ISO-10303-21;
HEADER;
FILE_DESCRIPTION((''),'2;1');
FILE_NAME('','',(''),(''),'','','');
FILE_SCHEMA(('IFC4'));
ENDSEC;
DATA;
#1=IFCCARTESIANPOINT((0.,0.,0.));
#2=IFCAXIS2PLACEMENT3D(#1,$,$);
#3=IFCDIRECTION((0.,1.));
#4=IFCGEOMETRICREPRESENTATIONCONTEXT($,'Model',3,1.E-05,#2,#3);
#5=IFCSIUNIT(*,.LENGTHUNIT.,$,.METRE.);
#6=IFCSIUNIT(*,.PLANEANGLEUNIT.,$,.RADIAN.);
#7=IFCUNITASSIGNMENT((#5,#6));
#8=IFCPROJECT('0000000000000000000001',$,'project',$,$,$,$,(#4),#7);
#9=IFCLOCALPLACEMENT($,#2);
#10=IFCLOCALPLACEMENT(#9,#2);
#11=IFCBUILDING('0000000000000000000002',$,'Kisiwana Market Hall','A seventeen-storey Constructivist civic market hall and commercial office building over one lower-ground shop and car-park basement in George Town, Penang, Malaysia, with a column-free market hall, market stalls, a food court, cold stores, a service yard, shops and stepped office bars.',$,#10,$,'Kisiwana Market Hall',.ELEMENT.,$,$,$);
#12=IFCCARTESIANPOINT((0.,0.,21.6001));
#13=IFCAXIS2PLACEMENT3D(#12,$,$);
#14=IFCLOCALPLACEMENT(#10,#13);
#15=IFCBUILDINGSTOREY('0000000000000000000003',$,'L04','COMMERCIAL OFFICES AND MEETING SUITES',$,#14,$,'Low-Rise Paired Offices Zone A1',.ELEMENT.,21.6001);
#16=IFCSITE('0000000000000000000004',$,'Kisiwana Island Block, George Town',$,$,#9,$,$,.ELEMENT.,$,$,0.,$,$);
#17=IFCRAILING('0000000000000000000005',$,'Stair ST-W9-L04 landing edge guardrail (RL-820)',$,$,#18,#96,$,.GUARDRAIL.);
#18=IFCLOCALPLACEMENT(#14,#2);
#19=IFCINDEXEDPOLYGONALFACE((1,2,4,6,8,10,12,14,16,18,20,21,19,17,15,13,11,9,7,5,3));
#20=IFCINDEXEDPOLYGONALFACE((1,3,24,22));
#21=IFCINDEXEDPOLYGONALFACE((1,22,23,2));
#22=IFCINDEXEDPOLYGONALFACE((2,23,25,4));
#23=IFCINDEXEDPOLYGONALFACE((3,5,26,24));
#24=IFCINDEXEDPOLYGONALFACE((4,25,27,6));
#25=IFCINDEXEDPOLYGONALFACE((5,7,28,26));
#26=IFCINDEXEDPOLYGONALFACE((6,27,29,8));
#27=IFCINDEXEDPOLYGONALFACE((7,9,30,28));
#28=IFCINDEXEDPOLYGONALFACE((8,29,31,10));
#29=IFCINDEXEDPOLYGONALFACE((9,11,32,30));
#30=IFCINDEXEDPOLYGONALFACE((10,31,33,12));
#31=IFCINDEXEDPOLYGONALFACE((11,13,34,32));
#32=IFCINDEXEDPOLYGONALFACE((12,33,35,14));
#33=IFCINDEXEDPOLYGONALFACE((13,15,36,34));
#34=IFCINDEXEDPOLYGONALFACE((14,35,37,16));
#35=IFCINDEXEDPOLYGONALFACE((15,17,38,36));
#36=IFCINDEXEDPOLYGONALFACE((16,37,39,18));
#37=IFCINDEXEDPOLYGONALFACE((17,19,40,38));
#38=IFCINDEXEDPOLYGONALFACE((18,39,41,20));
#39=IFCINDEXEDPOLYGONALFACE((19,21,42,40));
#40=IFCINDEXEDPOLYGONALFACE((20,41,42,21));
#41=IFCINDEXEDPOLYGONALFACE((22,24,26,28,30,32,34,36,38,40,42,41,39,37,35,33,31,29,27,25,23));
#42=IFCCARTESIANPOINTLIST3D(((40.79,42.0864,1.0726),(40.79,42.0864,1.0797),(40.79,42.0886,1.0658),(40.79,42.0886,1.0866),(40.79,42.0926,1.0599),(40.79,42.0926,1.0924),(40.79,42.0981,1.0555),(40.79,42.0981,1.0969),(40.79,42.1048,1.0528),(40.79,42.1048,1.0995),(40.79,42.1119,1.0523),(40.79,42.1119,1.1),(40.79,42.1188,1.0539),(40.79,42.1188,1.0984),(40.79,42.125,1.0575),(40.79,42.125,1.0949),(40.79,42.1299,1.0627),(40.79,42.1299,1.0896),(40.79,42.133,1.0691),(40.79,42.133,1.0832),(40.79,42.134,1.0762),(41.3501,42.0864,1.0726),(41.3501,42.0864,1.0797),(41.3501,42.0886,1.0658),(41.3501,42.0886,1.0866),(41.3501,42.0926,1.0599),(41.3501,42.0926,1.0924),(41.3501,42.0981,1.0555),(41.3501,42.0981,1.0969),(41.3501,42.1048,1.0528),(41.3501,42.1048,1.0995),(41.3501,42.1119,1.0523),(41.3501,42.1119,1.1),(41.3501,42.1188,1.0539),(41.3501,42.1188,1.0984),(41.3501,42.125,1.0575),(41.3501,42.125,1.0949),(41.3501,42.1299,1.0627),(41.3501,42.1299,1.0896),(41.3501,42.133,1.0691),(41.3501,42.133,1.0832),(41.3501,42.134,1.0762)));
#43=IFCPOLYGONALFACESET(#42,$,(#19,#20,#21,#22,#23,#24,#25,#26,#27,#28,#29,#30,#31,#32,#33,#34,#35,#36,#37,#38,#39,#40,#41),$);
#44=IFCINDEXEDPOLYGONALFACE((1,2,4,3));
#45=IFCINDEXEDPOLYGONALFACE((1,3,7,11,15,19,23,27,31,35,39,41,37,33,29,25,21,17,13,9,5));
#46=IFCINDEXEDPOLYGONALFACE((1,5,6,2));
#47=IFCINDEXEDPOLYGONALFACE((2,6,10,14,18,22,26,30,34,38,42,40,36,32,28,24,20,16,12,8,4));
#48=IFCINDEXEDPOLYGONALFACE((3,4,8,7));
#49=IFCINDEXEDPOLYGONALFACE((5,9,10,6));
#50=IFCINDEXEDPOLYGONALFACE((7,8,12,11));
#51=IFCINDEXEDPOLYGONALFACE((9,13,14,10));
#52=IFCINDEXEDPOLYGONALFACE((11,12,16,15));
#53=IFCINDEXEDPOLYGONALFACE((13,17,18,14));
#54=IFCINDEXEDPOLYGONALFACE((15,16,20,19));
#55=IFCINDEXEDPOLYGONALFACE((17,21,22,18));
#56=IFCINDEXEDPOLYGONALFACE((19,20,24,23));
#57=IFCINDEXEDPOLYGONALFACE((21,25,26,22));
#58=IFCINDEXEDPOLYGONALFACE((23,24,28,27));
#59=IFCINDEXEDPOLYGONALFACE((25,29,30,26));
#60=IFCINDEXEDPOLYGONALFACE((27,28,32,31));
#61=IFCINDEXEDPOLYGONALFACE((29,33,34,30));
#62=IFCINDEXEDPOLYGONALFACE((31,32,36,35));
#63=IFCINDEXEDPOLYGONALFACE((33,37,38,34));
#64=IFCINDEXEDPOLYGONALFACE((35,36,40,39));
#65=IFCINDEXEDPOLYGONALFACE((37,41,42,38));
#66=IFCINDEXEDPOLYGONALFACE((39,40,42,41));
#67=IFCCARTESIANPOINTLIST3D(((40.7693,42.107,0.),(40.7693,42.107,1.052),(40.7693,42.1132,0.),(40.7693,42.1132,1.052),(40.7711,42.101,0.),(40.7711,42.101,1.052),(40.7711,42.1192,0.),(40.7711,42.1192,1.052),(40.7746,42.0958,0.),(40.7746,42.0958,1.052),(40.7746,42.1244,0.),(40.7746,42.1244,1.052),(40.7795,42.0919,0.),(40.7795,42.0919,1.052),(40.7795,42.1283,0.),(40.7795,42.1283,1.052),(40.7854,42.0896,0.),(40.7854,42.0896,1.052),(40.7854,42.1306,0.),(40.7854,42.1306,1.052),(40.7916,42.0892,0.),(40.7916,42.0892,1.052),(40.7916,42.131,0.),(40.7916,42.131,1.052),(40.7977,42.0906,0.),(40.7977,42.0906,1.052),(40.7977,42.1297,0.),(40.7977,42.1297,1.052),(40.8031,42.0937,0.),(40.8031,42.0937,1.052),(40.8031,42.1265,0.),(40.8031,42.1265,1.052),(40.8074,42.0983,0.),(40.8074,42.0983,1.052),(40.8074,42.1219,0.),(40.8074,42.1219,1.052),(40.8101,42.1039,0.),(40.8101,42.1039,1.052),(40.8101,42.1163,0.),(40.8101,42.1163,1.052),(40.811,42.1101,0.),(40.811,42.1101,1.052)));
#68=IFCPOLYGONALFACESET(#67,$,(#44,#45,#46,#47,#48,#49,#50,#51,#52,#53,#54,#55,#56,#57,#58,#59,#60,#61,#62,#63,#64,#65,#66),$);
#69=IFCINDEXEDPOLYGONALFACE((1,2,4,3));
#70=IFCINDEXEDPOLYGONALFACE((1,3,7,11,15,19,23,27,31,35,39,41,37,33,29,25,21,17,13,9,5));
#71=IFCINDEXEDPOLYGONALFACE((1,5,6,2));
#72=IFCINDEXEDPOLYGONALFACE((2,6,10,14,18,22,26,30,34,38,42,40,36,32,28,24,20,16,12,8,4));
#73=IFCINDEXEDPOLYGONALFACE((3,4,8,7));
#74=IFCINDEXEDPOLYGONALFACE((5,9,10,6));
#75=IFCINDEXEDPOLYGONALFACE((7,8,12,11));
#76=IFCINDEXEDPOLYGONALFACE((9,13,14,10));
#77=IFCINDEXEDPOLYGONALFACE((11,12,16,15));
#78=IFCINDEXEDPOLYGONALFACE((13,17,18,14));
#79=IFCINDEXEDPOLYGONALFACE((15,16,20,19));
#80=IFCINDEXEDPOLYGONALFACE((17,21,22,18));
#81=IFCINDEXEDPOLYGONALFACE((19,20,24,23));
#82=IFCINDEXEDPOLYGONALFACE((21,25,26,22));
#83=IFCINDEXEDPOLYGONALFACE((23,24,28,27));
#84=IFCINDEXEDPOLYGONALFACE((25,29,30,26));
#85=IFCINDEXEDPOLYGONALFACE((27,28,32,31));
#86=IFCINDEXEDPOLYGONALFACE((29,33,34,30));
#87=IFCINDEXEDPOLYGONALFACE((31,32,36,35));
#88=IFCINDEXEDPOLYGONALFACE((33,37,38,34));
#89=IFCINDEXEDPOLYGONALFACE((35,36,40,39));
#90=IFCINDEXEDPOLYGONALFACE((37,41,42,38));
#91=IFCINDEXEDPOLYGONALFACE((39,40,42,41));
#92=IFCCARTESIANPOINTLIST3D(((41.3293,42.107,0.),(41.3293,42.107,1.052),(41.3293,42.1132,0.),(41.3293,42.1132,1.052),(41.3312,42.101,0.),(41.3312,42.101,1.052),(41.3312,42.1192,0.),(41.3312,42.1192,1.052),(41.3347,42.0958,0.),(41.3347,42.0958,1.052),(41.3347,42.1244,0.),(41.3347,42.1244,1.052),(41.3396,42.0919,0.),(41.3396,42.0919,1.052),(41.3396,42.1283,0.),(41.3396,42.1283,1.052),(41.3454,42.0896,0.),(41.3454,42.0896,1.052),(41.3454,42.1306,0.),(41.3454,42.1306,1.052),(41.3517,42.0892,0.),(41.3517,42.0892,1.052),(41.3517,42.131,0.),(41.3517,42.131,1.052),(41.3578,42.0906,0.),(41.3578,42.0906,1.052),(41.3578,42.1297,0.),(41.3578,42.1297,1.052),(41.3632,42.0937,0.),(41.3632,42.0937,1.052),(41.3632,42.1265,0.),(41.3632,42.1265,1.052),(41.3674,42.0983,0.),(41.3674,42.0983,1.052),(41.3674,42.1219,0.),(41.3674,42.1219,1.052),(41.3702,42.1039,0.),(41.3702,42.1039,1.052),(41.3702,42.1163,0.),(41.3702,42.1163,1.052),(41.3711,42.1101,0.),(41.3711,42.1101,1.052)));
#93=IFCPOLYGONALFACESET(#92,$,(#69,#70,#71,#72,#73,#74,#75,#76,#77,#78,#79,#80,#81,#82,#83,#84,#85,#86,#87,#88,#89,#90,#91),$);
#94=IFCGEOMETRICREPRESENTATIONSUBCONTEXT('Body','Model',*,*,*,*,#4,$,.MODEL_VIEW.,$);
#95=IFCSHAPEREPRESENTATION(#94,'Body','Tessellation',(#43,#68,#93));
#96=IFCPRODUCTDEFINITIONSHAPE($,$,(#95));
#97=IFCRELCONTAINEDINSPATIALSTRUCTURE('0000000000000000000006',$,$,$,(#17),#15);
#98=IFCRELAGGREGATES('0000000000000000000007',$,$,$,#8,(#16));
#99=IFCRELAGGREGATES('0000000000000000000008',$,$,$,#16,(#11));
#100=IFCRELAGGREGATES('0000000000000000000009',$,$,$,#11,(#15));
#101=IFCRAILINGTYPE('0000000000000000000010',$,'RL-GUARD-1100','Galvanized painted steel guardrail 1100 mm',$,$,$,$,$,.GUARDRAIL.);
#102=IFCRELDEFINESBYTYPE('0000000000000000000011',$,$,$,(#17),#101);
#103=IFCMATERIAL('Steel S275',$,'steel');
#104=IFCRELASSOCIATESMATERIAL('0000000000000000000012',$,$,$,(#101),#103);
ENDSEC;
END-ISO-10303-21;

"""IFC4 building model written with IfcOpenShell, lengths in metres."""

from ifc_helpers import new_model, si_unit, direction, frame, origin, origin_2d, place, context, subcontext, project, spatial, circle, extrude, material, type_object, element, save


model = new_model("IFC4")

# Units and contexts
model_context = context("Model", 3, precision=1e-05, world=origin(), true_north=direction((0.0, 1.0)))
body_context = subcontext(model_context, "Body", "Model", "MODEL_VIEW")
ifc_project = project(units=[si_unit("LENGTHUNIT", "METRE"), si_unit("PLANEANGLEUNIT", "RADIAN")], contexts=[model_context])

# Site, building, storey
site_placement = place(None, origin())
site = spatial("IfcSite", under=ifc_project, at=site_placement, Name="Kisiwana Island Block, George Town", CompositionType="ELEMENT", RefElevation=0.0)
building_placement = place(site_placement, origin())
building = spatial("IfcBuilding", under=site, at=building_placement, Name="Kisiwana Market Hall", Description="A seventeen-storey Constructivist civic market hall and commercial office building over one lower-ground shop and car-park basement in George Town, Penang, Malaysia, with a column-free market hall, market stalls, a food court, cold stores, a service yard, shops and stepped office bars.", LongName="Kisiwana Market Hall", CompositionType="ELEMENT")
storey_placement = place(building_placement, frame((0.0, 0.0, 21.6001)))
storey = spatial("IfcBuildingStorey", under=building, at=storey_placement, Name="L04", Description="COMMERCIAL OFFICES AND MEETING SUITES", LongName="Low-Rise Paired Offices Zone A1", CompositionType="ELEMENT", Elevation=21.6001)

# Railing
ifc_material_1 = material(Name="Steel S275", Category="steel")
railing_type_1 = type_object("IfcRailingType", Name="RL-GUARD-1100", Description="Galvanized painted steel guardrail 1100 mm", PredefinedType="GUARDRAIL", material=ifc_material_1)
railing_1_placement = place(storey_placement, frame((40.79, 42.1101, 0.0)))
element("IfcRailing", 1, at=railing_1_placement, inside=storey, type_object=railing_type_1, Name="Stair ST-W9-L04 landing edge guardrail (RL-820)", PredefinedType="GUARDRAIL", context=body_context, shape_type="SweptSolid", body=[
    extrude(circle(Radius=0.0239, at=origin_2d()), frame((0.0, 0.0, 1.0762), z_axis=(1.0, 0.0, 0.0), x_axis=(0.0, 1.0, 0.0)), (0.0, 0.0, 1.0), 0.5601),
    extrude(circle(Radius=0.021, at=origin_2d()), origin(), (0.0, 0.0, 1.0), 1.052),
    extrude(circle(Radius=0.021, at=origin_2d()), frame((0.5601, 0.0, 0.0)), (0.0, 0.0, 1.0), 1.052),
])

save(model, "model.ifc")
